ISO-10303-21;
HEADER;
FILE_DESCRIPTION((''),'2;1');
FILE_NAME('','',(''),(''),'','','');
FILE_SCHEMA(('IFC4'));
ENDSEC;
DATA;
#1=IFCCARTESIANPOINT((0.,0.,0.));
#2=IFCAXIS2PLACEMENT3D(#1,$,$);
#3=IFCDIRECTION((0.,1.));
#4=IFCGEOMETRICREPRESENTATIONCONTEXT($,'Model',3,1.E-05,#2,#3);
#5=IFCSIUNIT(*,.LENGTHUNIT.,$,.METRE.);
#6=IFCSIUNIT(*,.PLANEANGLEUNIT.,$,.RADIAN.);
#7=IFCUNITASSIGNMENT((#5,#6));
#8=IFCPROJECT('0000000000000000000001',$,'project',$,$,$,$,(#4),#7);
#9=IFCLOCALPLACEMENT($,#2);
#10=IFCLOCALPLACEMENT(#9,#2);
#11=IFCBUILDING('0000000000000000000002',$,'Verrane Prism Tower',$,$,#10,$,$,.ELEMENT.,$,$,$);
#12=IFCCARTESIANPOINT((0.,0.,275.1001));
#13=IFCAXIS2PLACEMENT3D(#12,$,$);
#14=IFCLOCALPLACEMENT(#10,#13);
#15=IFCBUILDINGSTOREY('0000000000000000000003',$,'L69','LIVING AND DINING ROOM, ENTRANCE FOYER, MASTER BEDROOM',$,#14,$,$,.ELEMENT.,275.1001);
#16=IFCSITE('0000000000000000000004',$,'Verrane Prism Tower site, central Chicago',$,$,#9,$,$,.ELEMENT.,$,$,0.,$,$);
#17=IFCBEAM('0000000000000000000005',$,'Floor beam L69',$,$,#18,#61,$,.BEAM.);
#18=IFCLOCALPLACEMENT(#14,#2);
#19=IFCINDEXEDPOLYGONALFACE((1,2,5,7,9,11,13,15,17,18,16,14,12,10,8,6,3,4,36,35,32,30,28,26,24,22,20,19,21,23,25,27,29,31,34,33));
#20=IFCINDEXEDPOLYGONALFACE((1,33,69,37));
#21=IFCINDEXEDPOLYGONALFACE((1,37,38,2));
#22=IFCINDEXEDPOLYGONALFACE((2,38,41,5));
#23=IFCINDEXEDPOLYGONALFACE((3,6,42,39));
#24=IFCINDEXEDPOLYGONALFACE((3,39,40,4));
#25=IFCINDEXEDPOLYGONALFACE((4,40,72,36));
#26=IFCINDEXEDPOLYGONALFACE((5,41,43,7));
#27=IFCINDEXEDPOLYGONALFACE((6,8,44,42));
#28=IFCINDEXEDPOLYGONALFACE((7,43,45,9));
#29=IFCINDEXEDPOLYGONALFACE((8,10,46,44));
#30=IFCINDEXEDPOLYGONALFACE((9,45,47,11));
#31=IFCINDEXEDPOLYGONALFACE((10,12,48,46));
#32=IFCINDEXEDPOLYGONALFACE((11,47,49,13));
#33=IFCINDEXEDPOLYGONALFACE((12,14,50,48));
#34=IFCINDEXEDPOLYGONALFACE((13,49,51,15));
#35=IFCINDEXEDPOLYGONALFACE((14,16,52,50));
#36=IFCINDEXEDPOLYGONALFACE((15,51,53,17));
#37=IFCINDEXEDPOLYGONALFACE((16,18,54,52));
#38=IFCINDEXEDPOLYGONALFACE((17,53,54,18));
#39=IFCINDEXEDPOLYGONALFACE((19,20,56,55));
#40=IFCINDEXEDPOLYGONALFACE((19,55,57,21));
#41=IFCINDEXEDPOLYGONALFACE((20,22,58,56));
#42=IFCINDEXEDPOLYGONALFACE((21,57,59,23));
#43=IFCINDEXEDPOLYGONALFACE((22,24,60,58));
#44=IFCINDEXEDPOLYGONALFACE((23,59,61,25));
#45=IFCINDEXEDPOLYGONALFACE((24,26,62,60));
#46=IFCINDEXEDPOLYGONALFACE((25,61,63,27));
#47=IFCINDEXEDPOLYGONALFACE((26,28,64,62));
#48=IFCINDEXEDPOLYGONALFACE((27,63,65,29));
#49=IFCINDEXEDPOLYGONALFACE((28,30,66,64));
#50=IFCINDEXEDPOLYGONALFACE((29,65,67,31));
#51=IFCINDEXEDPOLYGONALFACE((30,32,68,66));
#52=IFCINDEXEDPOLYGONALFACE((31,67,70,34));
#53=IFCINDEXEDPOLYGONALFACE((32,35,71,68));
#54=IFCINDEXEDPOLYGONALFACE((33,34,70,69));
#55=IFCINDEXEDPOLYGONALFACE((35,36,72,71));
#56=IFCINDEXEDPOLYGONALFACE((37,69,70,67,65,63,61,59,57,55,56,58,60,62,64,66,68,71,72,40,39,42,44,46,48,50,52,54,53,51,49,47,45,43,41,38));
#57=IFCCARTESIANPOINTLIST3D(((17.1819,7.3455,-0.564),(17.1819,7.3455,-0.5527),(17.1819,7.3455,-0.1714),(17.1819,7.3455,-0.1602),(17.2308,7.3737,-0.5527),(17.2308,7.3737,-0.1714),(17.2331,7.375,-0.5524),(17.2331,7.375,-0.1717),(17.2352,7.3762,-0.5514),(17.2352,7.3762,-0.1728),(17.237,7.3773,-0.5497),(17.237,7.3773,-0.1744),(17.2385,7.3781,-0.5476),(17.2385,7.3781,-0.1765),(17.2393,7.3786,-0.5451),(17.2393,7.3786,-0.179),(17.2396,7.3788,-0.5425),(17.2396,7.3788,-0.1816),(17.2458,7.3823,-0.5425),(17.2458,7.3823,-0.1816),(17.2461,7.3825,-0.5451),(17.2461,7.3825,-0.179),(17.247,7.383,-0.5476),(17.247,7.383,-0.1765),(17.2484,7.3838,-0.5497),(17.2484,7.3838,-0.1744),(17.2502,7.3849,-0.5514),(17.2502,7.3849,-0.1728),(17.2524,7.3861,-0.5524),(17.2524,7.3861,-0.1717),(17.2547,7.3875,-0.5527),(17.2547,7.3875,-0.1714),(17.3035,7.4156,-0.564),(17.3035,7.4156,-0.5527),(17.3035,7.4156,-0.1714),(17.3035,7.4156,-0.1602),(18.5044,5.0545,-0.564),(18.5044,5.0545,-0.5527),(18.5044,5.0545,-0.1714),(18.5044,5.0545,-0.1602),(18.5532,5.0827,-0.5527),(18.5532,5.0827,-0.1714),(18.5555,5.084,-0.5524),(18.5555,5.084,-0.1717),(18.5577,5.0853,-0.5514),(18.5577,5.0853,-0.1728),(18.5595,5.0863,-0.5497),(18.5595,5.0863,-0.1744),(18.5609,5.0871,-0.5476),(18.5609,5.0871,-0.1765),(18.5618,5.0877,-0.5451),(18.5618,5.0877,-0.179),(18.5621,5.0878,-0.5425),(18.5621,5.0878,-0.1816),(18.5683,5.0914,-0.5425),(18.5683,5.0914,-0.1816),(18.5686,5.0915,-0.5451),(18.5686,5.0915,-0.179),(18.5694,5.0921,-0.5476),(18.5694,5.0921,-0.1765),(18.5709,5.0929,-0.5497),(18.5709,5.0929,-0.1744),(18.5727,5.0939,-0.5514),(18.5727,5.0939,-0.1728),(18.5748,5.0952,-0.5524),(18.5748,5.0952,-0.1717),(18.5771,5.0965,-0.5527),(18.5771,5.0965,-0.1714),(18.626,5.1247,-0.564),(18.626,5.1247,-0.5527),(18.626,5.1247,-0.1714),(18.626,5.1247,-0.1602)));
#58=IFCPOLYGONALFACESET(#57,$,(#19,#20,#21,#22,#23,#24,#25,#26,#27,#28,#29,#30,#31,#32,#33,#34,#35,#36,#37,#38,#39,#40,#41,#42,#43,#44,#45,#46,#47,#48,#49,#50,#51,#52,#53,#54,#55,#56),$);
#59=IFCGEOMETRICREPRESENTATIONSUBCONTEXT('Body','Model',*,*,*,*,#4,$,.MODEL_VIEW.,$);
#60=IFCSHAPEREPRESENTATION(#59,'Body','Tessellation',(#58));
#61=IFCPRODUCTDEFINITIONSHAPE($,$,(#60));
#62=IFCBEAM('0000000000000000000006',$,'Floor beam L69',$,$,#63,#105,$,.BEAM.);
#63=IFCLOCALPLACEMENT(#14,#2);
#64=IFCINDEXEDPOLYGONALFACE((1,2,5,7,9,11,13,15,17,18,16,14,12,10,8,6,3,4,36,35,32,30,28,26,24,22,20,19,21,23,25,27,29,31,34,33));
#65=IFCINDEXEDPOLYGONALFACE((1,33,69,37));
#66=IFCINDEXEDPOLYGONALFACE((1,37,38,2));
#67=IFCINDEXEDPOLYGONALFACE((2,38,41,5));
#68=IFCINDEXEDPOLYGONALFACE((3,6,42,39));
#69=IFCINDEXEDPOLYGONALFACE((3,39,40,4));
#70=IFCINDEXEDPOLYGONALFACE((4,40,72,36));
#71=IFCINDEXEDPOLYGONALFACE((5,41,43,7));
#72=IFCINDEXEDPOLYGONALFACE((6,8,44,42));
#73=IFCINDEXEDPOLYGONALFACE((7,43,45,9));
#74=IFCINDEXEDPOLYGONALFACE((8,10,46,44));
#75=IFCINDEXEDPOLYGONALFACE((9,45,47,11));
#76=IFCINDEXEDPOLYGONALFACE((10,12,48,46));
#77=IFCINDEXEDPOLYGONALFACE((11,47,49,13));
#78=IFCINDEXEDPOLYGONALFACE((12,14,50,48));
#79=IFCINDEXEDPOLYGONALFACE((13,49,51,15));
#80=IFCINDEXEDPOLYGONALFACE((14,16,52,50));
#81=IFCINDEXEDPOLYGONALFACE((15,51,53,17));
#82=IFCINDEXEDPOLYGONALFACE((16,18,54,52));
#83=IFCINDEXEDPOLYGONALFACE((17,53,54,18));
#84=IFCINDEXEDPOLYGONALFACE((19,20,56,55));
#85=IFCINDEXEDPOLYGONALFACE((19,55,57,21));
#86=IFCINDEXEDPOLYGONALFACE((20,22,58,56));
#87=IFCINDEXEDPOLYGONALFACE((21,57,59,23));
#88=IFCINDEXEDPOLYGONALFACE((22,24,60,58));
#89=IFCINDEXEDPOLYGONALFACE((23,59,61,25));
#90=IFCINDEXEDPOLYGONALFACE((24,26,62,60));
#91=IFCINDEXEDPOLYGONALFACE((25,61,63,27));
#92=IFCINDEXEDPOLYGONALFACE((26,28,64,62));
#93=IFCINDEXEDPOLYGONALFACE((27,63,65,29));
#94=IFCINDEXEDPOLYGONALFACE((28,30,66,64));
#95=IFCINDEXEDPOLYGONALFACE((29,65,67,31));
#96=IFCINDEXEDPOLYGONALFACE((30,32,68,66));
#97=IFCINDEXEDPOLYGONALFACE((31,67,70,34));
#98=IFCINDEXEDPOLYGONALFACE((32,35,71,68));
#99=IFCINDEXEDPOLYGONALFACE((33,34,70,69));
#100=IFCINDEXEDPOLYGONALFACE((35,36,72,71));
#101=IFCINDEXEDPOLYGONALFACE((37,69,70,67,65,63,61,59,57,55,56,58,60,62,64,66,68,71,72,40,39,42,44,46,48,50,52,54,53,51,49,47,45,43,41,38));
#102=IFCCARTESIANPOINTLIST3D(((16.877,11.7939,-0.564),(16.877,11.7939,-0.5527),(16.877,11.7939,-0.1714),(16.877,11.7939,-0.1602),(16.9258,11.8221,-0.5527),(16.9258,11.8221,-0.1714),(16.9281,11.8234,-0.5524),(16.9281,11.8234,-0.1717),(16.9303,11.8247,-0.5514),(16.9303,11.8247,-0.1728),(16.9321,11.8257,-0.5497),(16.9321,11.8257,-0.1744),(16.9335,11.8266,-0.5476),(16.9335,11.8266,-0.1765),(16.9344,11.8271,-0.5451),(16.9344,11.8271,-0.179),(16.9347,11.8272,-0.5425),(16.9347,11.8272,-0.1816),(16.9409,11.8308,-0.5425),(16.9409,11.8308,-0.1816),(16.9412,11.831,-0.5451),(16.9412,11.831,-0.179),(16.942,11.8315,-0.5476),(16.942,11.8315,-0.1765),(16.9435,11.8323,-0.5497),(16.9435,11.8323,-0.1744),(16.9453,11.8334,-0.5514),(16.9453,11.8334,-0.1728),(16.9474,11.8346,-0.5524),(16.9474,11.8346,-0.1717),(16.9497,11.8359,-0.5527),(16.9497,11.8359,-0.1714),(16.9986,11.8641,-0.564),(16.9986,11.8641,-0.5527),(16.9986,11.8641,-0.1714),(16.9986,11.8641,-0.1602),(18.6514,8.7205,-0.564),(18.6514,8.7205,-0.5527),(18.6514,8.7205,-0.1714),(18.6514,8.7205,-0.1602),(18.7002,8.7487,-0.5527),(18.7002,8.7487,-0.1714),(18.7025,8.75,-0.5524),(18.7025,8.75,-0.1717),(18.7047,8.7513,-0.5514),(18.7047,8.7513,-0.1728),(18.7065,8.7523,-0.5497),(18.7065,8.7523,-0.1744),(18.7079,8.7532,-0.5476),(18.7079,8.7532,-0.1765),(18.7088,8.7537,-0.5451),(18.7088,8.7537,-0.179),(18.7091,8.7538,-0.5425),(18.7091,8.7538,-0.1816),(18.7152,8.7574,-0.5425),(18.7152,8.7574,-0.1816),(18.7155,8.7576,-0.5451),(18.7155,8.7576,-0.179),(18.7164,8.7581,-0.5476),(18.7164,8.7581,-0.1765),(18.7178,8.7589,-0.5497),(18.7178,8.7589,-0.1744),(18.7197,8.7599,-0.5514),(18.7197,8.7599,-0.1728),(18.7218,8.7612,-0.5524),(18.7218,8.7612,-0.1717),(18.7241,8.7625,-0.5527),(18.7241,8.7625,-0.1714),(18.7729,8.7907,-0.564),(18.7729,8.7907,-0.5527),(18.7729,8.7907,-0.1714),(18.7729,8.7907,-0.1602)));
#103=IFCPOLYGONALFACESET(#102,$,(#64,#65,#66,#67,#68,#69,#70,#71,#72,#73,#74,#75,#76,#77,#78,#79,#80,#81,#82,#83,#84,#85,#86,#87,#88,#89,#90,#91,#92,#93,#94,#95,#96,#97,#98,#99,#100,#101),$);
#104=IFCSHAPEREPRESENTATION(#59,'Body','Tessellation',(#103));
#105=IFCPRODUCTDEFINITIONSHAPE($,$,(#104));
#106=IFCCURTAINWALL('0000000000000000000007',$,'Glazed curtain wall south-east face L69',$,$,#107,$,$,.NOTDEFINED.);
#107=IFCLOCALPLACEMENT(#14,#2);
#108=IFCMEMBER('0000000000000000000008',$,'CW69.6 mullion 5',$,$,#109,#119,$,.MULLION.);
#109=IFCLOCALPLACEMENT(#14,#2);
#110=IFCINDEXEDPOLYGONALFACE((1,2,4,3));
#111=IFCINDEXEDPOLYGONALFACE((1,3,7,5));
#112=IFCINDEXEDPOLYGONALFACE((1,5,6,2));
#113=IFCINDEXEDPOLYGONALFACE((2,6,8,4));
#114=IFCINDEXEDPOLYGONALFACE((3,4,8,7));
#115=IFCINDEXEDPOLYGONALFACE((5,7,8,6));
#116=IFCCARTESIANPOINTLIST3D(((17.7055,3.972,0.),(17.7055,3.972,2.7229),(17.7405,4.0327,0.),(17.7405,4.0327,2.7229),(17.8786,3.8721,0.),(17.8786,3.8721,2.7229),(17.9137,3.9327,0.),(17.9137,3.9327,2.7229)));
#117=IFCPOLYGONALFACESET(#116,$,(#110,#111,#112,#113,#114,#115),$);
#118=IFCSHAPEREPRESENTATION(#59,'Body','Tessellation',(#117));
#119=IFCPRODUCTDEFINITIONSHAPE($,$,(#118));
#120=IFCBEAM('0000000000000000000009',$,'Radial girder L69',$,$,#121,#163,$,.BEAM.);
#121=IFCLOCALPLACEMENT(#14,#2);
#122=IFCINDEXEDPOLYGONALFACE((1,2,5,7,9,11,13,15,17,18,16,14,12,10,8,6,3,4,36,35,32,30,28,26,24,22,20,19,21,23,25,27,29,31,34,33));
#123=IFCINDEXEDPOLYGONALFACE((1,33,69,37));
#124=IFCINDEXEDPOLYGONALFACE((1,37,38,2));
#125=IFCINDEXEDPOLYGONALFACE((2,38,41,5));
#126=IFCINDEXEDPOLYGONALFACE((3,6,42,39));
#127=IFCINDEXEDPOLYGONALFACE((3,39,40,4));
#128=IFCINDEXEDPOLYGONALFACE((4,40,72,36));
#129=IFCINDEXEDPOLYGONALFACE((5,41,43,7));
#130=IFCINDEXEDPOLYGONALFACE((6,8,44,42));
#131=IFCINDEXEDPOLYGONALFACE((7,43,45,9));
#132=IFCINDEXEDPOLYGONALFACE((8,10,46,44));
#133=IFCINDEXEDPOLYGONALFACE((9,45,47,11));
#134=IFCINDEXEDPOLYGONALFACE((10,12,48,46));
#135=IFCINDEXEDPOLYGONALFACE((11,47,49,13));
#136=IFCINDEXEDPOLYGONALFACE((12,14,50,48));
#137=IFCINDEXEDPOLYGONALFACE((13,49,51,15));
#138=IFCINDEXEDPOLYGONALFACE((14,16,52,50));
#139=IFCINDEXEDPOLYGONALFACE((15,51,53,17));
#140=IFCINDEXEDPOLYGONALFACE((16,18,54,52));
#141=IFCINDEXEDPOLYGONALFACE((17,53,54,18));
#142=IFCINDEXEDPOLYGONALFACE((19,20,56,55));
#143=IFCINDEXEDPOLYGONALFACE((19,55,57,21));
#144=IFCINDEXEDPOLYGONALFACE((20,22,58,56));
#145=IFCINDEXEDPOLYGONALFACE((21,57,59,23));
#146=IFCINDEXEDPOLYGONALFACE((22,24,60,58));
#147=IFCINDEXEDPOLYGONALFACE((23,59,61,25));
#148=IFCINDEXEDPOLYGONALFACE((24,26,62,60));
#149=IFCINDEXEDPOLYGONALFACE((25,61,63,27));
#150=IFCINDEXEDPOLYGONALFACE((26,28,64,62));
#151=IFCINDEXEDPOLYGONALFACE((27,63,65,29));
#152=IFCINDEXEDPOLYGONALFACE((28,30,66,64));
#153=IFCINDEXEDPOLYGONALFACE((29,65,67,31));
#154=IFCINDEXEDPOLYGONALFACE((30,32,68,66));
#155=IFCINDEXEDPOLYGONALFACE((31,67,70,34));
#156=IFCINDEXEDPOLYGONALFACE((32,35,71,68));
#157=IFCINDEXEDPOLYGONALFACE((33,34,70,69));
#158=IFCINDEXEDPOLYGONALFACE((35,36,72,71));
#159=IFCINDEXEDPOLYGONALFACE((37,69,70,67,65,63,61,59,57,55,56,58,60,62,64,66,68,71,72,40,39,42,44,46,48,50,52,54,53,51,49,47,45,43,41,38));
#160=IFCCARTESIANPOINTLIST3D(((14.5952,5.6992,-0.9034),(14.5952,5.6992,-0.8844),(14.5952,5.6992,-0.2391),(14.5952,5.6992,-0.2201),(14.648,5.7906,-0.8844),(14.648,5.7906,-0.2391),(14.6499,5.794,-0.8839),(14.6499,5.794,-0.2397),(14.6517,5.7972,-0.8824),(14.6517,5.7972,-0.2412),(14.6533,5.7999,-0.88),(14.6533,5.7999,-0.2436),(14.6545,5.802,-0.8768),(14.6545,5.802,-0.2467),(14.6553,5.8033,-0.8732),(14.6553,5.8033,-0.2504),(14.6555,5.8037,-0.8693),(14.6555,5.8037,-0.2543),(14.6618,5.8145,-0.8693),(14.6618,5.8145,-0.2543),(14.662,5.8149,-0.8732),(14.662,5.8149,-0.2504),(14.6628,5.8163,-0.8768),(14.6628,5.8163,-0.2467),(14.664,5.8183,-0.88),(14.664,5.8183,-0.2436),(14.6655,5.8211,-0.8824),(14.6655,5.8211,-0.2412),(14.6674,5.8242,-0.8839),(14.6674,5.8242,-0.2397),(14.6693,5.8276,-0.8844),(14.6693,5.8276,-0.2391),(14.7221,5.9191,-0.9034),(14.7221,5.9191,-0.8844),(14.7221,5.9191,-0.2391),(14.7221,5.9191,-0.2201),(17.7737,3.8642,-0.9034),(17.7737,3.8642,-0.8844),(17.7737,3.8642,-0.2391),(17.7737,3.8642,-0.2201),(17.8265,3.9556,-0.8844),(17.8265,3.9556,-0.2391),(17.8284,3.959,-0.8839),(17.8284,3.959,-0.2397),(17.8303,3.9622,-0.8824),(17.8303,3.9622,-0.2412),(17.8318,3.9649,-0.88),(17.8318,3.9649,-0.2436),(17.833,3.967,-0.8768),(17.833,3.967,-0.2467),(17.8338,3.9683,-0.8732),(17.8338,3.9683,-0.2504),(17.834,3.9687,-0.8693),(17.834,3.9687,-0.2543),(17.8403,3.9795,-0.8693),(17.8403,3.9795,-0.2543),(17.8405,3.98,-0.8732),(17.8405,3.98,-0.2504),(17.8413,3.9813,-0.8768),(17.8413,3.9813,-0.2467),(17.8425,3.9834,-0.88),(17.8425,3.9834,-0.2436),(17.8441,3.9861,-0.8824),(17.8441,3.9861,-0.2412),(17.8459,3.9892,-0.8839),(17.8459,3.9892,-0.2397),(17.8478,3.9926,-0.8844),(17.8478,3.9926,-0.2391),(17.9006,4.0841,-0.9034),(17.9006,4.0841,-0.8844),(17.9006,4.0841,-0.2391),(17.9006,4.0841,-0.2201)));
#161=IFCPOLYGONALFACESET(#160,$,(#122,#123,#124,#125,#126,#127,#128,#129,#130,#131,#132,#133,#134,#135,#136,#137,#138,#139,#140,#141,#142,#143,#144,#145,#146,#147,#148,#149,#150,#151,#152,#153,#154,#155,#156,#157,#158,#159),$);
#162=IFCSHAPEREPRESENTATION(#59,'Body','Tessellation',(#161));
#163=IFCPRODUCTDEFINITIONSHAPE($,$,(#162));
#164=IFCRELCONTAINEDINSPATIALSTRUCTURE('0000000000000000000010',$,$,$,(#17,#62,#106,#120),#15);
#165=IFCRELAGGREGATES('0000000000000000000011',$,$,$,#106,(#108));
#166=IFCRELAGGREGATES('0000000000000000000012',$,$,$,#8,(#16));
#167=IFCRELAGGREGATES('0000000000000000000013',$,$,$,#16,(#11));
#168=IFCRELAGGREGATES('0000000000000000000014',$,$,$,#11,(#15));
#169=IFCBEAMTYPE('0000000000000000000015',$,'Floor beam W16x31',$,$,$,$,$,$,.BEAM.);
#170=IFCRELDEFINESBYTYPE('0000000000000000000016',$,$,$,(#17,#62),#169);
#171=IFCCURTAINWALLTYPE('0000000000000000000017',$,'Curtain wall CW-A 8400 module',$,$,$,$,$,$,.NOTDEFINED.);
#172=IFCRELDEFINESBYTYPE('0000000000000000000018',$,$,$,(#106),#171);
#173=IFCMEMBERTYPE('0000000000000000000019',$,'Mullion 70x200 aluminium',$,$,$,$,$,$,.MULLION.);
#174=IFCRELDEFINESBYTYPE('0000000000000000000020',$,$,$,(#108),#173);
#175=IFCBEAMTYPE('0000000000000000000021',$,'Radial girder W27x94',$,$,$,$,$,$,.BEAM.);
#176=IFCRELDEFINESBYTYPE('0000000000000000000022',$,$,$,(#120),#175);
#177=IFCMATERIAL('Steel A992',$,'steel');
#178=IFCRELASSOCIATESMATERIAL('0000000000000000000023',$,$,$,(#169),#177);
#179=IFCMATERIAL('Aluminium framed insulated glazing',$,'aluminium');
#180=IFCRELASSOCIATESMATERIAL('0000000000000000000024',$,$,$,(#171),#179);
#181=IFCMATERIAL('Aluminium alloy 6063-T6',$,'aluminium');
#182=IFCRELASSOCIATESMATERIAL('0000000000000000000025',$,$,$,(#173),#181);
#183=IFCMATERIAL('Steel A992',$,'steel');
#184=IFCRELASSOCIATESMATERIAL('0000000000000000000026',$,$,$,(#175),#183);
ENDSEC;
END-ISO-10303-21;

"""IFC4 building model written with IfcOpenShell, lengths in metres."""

from ifc_helpers import new_model, si_unit, direction, frame, origin, origin_2d, place, context, subcontext, project, spatial, rectangle, i_section, extrude, material, material_profile, profile_set, type_object, element, aggregate, save


model = new_model("IFC4")

# Units and contexts
model_context = context("Model", 3, precision=1e-05, world=origin(), true_north=direction((0.0, 1.0)))
body_context = subcontext(model_context, "Body", "Model", "MODEL_VIEW")
ifc_project = project(units=[si_unit("LENGTHUNIT", "METRE"), si_unit("PLANEANGLEUNIT", "RADIAN")], contexts=[model_context])

# Site, building, storey
site_placement = place(None, origin())
site = spatial("IfcSite", under=ifc_project, at=site_placement, Name="Verrane Prism Tower site, central Chicago", CompositionType="ELEMENT", RefElevation=0.0)
building_placement = place(site_placement, origin())
building = spatial("IfcBuilding", under=site, at=building_placement, Name="Verrane Prism Tower", CompositionType="ELEMENT")
storey_placement = place(building_placement, frame((0.0, 0.0, 275.1001)))
storey = spatial("IfcBuildingStorey", under=building, at=storey_placement, Name="L69", Description="LIVING AND DINING ROOM, ENTRANCE FOYER, MASTER BEDROOM", CompositionType="ELEMENT", Elevation=275.1001)

# Beams
ifc_material_1 = material(Name="Steel A992", Category="steel")
ifc_material_profile_1 = material_profile(ifc_material_1, i_section(OverallWidth=0.1404, OverallDepth=0.4038, WebThickness=0.0071, FlangeThickness=0.0112, FilletRadius=0.0103, at=origin_2d()), Name="W16x31")
ifc_profile_set_1 = profile_set([ifc_material_profile_1], Name="Steel A992")
beam_type_1 = type_object("IfcBeamType", Name="Floor beam W16x31", PredefinedType="BEAM", material=ifc_profile_set_1)
beam_1_placement = place(storey_placement, frame((18.5652, 5.0896, -0.3621), z_axis=(-0.499941, 0.86606, 0.0), x_axis=(-0.86606, -0.499941, 0.0)))
element("IfcBeam", 1, at=beam_1_placement, inside=storey, type_object=beam_type_1, Name="Floor beam L69", PredefinedType="BEAM", context=body_context, shape_type="SweptSolid", body=[
    extrude(i_section(OverallWidth=0.1404, OverallDepth=0.4038, WebThickness=0.0071, FlangeThickness=0.0112, FilletRadius=0.0103, at=origin_2d()), origin(), (0.0, 0.0, 1.0), 2.6453),
])
beam_2_placement = place(storey_placement, frame((18.7122, 8.7556, -0.3621), z_axis=(-0.499986, 0.866033, 0.0), x_axis=(-0.866033, -0.499986, 0.0)))
element("IfcBeam", 2, at=beam_2_placement, inside=storey, type_object=beam_type_1, Name="Floor beam L69", PredefinedType="BEAM", context=body_context, shape_type="SweptSolid", body=[
    extrude(i_section(OverallWidth=0.1404, OverallDepth=0.4038, WebThickness=0.0071, FlangeThickness=0.0112, FilletRadius=0.0103, at=origin_2d()), origin(), (0.0, 0.0, 1.0), 3.5488),
])

# Curtain wall, member
ifc_material_2 = material(Name="Aluminium framed insulated glazing", Category="aluminium")
curtain_wall_type = type_object("IfcCurtainWallType", Name="Curtain wall CW-A 8400 module", PredefinedType="NOTDEFINED", material=ifc_material_2)
curtain_wall_placement = place(storey_placement, origin())
curtain_wall = element("IfcCurtainWall", 3, at=curtain_wall_placement, inside=storey, type_object=curtain_wall_type, Name="Glazed curtain wall south-east face L69", PredefinedType="NOTDEFINED")
ifc_material_3 = material(Name="Aluminium alloy 6063-T6", Category="aluminium")
ifc_material_profile_2 = material_profile(ifc_material_3, rectangle(XDim=0.2, YDim=0.0701, at=origin_2d()), Name="Mullion 70x200 aluminium")
ifc_profile_set_2 = profile_set([ifc_material_profile_2], Name="Aluminium alloy 6063-T6")
member_type_1 = type_object("IfcMemberType", Name="Mullion 70x200 aluminium", PredefinedType="MULLION", material=ifc_profile_set_2)
member_1_placement = place(storey_placement, frame((17.8096, 3.9524, 0.0), z_axis=(0.0, 0.0, 1.0), x_axis=(-0.866025, 0.500001, 0.0)))
member_1 = element("IfcMember", 4, at=member_1_placement, type_object=member_type_1, Name="CW69.6 mullion 5", PredefinedType="MULLION", context=body_context, shape_type="SweptSolid", body=[
    extrude(rectangle(XDim=0.2, YDim=0.0701, at=origin_2d()), origin(), (0.0, 0.0, 1.0), 2.7229),
])

# Beam
ifc_material_4 = material(Name="Steel A992", Category="steel")
ifc_material_profile_3 = material_profile(ifc_material_4, i_section(OverallWidth=0.2539, OverallDepth=0.6833, WebThickness=0.0125, FlangeThickness=0.019, FilletRadius=0.0151, at=origin_2d()), Name="W27x94")
ifc_profile_set_3 = profile_set([ifc_material_profile_3], Name="Steel A992")
beam_type_2 = type_object("IfcBeamType", Name="Radial girder W27x94", PredefinedType="BEAM", material=ifc_profile_set_3)
beam_3_placement = place(storey_placement, frame((17.8372, 3.9741, -0.5618), z_axis=(-0.86604, 0.499974, 0.0), x_axis=(-0.499974, -0.86604, 0.0)))
element("IfcBeam", 5, at=beam_3_placement, inside=storey, type_object=beam_type_2, Name="Radial girder L69", PredefinedType="BEAM", context=body_context, shape_type="SweptSolid", body=[
    extrude(i_section(OverallWidth=0.2539, OverallDepth=0.6833, WebThickness=0.0125, FlangeThickness=0.019, FilletRadius=0.0151, at=origin_2d()), origin(), (0.0, 0.0, 1.0), 3.6702),
])

aggregate(curtain_wall, [member_1])

save(model, "model.ifc")
